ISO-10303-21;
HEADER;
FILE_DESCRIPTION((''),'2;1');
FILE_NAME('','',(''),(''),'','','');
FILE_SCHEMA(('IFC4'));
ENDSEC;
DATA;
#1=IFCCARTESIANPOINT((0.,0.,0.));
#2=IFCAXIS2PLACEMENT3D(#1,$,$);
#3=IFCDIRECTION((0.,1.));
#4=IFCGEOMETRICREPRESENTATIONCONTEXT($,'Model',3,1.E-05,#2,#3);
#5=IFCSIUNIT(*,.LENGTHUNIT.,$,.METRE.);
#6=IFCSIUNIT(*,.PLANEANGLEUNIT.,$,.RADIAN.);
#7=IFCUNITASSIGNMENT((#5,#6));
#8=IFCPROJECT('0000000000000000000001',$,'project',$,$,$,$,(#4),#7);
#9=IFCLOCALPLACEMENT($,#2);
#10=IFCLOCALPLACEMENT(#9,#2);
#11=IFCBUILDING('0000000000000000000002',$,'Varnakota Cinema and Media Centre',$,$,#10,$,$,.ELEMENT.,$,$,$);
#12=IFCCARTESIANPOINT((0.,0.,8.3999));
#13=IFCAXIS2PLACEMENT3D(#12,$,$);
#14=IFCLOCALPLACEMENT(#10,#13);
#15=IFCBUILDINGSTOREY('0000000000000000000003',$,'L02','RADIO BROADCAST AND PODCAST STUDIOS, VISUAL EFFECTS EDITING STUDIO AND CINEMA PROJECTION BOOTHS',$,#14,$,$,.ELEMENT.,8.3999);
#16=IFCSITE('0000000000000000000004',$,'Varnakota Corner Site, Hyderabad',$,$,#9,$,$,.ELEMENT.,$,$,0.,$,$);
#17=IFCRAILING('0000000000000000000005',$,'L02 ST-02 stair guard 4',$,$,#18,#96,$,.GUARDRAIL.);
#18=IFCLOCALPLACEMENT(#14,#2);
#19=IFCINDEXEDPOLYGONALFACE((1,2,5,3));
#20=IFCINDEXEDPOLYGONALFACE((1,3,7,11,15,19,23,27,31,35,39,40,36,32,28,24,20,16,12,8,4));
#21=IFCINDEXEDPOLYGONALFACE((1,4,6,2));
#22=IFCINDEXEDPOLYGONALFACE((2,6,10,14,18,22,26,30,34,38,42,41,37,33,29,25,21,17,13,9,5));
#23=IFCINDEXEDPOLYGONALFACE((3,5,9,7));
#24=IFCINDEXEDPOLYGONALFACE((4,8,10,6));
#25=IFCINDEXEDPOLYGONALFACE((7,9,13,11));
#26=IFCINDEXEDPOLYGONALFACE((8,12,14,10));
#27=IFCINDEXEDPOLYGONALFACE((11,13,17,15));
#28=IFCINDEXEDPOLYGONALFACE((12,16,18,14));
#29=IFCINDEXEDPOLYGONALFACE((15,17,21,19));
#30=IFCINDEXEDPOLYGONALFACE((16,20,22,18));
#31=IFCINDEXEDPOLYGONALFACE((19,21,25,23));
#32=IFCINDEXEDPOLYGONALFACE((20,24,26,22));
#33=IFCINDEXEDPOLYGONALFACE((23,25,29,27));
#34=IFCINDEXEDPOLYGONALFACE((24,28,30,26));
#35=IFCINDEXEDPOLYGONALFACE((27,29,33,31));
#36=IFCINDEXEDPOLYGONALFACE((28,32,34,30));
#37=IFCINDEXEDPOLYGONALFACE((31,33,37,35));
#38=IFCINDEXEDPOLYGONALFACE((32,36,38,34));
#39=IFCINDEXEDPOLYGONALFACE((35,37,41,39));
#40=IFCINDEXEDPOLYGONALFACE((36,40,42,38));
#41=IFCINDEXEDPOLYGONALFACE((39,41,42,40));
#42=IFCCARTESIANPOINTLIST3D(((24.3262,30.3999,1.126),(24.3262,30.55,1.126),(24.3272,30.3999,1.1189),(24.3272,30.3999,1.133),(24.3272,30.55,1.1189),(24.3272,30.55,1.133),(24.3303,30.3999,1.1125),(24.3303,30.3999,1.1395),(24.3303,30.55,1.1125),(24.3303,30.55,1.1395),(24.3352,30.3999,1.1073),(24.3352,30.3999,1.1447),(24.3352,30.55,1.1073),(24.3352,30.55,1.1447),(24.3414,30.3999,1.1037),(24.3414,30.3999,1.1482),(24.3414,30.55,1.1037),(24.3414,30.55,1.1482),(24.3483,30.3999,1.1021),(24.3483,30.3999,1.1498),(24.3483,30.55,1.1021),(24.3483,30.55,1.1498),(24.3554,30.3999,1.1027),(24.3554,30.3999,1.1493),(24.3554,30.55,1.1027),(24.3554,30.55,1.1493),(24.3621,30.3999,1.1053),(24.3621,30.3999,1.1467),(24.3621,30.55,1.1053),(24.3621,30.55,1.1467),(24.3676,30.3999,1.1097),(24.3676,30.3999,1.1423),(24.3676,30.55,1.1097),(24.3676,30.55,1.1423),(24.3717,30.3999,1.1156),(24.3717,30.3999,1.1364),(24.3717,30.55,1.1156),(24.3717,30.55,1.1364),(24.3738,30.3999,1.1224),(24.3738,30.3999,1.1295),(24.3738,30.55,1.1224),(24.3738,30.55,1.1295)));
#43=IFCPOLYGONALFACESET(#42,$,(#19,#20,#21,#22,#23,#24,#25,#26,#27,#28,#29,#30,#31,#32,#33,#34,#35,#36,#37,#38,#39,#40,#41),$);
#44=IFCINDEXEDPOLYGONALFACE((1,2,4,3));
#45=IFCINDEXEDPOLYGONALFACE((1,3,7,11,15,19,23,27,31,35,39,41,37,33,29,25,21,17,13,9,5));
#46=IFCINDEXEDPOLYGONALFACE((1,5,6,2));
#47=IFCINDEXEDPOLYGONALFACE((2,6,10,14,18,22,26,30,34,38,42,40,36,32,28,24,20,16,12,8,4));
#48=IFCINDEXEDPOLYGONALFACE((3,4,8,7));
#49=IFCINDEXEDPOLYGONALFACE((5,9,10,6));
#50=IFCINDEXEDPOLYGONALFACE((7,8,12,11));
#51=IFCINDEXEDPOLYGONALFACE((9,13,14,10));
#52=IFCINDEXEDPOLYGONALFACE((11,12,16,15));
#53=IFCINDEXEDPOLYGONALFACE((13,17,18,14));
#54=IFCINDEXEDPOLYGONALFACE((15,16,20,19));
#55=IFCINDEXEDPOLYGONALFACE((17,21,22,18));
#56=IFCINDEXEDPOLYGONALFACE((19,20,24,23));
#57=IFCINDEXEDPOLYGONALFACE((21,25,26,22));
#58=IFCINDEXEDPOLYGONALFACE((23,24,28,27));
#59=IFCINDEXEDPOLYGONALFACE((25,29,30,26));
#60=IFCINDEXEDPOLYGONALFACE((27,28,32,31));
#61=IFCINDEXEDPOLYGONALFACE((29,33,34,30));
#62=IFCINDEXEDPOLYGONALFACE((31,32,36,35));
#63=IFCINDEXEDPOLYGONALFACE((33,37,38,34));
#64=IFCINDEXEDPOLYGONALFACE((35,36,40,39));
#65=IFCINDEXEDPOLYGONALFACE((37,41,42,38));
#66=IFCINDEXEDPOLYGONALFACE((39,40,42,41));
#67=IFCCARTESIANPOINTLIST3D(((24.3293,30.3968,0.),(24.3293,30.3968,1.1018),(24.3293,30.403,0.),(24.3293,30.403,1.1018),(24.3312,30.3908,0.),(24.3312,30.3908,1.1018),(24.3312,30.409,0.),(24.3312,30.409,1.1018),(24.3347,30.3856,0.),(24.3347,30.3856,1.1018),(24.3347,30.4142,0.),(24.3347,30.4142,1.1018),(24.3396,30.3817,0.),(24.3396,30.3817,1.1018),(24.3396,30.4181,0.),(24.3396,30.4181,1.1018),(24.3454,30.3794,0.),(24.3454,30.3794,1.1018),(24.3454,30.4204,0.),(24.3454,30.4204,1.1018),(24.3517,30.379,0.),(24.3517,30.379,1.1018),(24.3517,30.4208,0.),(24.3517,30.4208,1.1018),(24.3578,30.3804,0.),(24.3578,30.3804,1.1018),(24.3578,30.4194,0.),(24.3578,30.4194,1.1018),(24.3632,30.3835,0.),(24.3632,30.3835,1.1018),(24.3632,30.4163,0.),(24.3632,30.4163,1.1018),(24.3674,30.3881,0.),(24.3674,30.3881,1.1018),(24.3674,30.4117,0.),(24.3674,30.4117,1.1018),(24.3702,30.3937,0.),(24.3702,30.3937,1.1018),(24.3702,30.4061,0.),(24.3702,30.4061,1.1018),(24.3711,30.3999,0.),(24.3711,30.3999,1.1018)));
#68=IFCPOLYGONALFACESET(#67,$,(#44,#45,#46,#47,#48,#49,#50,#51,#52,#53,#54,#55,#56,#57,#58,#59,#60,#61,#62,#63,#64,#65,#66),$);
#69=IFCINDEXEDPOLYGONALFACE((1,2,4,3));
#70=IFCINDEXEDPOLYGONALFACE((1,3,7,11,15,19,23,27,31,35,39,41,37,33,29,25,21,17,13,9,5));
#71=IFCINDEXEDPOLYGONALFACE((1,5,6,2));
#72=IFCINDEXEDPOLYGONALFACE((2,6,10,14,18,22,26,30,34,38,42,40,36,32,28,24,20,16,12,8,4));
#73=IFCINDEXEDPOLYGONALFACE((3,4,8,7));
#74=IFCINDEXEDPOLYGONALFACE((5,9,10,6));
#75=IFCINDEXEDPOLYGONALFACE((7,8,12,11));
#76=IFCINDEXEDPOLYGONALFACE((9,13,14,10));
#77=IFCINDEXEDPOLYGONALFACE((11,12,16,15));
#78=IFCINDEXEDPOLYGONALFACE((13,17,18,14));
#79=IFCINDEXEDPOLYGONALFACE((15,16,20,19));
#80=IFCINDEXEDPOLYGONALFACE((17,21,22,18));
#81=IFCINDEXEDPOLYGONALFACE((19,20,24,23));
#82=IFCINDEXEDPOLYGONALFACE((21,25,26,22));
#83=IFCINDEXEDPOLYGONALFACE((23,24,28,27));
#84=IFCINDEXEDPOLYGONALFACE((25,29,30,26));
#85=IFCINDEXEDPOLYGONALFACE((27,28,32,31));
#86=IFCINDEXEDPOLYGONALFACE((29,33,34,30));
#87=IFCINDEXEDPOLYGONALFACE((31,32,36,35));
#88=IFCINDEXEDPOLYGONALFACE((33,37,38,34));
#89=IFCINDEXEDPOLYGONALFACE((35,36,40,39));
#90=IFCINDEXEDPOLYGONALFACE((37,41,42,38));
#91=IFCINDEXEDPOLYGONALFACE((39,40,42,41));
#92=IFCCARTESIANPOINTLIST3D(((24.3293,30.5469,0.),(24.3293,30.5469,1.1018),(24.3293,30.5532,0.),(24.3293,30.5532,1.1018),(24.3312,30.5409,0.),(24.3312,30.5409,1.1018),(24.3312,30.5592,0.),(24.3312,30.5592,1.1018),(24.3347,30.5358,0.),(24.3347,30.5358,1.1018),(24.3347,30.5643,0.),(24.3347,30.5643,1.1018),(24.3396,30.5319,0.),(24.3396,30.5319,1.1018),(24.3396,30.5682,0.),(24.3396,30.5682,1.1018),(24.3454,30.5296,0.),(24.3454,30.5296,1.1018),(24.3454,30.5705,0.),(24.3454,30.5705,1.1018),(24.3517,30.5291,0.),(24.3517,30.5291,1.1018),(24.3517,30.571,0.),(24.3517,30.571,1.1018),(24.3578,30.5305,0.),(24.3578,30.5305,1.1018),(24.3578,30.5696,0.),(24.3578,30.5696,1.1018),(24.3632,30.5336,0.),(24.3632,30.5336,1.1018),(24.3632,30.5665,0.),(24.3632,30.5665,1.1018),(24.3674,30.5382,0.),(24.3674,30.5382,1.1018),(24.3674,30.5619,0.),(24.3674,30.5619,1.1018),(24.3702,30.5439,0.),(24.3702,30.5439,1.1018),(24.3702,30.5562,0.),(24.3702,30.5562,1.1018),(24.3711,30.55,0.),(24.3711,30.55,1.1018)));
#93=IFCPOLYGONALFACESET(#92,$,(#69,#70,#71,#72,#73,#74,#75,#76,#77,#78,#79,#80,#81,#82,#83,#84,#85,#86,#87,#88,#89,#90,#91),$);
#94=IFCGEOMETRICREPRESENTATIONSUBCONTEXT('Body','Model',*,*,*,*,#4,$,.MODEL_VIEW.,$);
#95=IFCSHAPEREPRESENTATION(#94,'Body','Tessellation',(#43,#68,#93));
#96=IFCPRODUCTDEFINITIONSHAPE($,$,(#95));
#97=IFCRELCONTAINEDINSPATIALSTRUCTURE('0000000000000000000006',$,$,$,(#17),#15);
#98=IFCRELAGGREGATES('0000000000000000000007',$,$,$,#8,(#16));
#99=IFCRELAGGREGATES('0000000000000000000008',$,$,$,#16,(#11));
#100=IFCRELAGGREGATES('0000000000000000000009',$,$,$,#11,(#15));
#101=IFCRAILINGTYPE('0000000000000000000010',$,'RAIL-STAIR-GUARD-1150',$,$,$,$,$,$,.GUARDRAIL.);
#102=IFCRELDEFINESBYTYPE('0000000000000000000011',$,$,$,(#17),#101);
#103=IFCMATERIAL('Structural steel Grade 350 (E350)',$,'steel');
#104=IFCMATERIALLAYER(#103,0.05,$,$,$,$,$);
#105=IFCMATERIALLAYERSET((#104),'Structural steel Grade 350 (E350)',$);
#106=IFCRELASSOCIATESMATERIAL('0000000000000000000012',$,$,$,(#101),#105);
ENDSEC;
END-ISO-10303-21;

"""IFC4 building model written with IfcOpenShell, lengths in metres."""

from ifc_helpers import new_model, si_unit, direction, frame, origin, origin_2d, place, context, subcontext, project, spatial, circle, extrude, material, layer, layer_set, type_object, element, save


model = new_model("IFC4")

# Units and contexts
model_context = context("Model", 3, precision=1e-05, world=origin(), true_north=direction((0.0, 1.0)))
body_context = subcontext(model_context, "Body", "Model", "MODEL_VIEW")
ifc_project = project(units=[si_unit("LENGTHUNIT", "METRE"), si_unit("PLANEANGLEUNIT", "RADIAN")], contexts=[model_context])

# Site, building, storey
site_placement = place(None, origin())
site = spatial("IfcSite", under=ifc_project, at=site_placement, Name="Varnakota Corner Site, Hyderabad", CompositionType="ELEMENT", RefElevation=0.0)
building_placement = place(site_placement, origin())
building = spatial("IfcBuilding", under=site, at=building_placement, Name="Varnakota Cinema and Media Centre", CompositionType="ELEMENT")
storey_placement = place(building_placement, frame((0.0, 0.0, 8.3999)))
storey = spatial("IfcBuildingStorey", under=building, at=storey_placement, Name="L02", Description="RADIO BROADCAST AND PODCAST STUDIOS, VISUAL EFFECTS EDITING STUDIO AND CINEMA PROJECTION BOOTHS", CompositionType="ELEMENT", Elevation=8.3999)

# Railing
ifc_material_1 = material(Name="Structural steel Grade 350 (E350)", Category="steel")
ifc_layer_1 = layer(ifc_material_1, 0.05)
ifc_layer_set_1 = layer_set([ifc_layer_1], Name="Structural steel Grade 350 (E350)")
railing_type_1 = type_object("IfcRailingType", Name="RAIL-STAIR-GUARD-1150", PredefinedType="GUARDRAIL", material=ifc_layer_set_1)
railing_1_placement = place(storey_placement, frame((24.3501, 30.3999, 0.0)))
element("IfcRailing", 1, at=railing_1_placement, inside=storey, type_object=railing_type_1, Name="L02 ST-02 stair guard 4", PredefinedType="GUARDRAIL", context=body_context, shape_type="SweptSolid", body=[
    extrude(circle(Radius=0.0239, at=origin_2d()), frame((0.0, 0.0, 1.126), z_axis=(0.0, 1.0, 0.0), x_axis=(-1.0, 0.0, 0.0)), (0.0, 0.0, 1.0), 0.1501),
    extrude(circle(Radius=0.021, at=origin_2d()), origin(), (0.0, 0.0, 1.0), 1.1018),
    extrude(circle(Radius=0.021, at=origin_2d()), frame((0.0, 0.1501, 0.0)), (0.0, 0.0, 1.0), 1.1018),
])

save(model, "model.ifc")
